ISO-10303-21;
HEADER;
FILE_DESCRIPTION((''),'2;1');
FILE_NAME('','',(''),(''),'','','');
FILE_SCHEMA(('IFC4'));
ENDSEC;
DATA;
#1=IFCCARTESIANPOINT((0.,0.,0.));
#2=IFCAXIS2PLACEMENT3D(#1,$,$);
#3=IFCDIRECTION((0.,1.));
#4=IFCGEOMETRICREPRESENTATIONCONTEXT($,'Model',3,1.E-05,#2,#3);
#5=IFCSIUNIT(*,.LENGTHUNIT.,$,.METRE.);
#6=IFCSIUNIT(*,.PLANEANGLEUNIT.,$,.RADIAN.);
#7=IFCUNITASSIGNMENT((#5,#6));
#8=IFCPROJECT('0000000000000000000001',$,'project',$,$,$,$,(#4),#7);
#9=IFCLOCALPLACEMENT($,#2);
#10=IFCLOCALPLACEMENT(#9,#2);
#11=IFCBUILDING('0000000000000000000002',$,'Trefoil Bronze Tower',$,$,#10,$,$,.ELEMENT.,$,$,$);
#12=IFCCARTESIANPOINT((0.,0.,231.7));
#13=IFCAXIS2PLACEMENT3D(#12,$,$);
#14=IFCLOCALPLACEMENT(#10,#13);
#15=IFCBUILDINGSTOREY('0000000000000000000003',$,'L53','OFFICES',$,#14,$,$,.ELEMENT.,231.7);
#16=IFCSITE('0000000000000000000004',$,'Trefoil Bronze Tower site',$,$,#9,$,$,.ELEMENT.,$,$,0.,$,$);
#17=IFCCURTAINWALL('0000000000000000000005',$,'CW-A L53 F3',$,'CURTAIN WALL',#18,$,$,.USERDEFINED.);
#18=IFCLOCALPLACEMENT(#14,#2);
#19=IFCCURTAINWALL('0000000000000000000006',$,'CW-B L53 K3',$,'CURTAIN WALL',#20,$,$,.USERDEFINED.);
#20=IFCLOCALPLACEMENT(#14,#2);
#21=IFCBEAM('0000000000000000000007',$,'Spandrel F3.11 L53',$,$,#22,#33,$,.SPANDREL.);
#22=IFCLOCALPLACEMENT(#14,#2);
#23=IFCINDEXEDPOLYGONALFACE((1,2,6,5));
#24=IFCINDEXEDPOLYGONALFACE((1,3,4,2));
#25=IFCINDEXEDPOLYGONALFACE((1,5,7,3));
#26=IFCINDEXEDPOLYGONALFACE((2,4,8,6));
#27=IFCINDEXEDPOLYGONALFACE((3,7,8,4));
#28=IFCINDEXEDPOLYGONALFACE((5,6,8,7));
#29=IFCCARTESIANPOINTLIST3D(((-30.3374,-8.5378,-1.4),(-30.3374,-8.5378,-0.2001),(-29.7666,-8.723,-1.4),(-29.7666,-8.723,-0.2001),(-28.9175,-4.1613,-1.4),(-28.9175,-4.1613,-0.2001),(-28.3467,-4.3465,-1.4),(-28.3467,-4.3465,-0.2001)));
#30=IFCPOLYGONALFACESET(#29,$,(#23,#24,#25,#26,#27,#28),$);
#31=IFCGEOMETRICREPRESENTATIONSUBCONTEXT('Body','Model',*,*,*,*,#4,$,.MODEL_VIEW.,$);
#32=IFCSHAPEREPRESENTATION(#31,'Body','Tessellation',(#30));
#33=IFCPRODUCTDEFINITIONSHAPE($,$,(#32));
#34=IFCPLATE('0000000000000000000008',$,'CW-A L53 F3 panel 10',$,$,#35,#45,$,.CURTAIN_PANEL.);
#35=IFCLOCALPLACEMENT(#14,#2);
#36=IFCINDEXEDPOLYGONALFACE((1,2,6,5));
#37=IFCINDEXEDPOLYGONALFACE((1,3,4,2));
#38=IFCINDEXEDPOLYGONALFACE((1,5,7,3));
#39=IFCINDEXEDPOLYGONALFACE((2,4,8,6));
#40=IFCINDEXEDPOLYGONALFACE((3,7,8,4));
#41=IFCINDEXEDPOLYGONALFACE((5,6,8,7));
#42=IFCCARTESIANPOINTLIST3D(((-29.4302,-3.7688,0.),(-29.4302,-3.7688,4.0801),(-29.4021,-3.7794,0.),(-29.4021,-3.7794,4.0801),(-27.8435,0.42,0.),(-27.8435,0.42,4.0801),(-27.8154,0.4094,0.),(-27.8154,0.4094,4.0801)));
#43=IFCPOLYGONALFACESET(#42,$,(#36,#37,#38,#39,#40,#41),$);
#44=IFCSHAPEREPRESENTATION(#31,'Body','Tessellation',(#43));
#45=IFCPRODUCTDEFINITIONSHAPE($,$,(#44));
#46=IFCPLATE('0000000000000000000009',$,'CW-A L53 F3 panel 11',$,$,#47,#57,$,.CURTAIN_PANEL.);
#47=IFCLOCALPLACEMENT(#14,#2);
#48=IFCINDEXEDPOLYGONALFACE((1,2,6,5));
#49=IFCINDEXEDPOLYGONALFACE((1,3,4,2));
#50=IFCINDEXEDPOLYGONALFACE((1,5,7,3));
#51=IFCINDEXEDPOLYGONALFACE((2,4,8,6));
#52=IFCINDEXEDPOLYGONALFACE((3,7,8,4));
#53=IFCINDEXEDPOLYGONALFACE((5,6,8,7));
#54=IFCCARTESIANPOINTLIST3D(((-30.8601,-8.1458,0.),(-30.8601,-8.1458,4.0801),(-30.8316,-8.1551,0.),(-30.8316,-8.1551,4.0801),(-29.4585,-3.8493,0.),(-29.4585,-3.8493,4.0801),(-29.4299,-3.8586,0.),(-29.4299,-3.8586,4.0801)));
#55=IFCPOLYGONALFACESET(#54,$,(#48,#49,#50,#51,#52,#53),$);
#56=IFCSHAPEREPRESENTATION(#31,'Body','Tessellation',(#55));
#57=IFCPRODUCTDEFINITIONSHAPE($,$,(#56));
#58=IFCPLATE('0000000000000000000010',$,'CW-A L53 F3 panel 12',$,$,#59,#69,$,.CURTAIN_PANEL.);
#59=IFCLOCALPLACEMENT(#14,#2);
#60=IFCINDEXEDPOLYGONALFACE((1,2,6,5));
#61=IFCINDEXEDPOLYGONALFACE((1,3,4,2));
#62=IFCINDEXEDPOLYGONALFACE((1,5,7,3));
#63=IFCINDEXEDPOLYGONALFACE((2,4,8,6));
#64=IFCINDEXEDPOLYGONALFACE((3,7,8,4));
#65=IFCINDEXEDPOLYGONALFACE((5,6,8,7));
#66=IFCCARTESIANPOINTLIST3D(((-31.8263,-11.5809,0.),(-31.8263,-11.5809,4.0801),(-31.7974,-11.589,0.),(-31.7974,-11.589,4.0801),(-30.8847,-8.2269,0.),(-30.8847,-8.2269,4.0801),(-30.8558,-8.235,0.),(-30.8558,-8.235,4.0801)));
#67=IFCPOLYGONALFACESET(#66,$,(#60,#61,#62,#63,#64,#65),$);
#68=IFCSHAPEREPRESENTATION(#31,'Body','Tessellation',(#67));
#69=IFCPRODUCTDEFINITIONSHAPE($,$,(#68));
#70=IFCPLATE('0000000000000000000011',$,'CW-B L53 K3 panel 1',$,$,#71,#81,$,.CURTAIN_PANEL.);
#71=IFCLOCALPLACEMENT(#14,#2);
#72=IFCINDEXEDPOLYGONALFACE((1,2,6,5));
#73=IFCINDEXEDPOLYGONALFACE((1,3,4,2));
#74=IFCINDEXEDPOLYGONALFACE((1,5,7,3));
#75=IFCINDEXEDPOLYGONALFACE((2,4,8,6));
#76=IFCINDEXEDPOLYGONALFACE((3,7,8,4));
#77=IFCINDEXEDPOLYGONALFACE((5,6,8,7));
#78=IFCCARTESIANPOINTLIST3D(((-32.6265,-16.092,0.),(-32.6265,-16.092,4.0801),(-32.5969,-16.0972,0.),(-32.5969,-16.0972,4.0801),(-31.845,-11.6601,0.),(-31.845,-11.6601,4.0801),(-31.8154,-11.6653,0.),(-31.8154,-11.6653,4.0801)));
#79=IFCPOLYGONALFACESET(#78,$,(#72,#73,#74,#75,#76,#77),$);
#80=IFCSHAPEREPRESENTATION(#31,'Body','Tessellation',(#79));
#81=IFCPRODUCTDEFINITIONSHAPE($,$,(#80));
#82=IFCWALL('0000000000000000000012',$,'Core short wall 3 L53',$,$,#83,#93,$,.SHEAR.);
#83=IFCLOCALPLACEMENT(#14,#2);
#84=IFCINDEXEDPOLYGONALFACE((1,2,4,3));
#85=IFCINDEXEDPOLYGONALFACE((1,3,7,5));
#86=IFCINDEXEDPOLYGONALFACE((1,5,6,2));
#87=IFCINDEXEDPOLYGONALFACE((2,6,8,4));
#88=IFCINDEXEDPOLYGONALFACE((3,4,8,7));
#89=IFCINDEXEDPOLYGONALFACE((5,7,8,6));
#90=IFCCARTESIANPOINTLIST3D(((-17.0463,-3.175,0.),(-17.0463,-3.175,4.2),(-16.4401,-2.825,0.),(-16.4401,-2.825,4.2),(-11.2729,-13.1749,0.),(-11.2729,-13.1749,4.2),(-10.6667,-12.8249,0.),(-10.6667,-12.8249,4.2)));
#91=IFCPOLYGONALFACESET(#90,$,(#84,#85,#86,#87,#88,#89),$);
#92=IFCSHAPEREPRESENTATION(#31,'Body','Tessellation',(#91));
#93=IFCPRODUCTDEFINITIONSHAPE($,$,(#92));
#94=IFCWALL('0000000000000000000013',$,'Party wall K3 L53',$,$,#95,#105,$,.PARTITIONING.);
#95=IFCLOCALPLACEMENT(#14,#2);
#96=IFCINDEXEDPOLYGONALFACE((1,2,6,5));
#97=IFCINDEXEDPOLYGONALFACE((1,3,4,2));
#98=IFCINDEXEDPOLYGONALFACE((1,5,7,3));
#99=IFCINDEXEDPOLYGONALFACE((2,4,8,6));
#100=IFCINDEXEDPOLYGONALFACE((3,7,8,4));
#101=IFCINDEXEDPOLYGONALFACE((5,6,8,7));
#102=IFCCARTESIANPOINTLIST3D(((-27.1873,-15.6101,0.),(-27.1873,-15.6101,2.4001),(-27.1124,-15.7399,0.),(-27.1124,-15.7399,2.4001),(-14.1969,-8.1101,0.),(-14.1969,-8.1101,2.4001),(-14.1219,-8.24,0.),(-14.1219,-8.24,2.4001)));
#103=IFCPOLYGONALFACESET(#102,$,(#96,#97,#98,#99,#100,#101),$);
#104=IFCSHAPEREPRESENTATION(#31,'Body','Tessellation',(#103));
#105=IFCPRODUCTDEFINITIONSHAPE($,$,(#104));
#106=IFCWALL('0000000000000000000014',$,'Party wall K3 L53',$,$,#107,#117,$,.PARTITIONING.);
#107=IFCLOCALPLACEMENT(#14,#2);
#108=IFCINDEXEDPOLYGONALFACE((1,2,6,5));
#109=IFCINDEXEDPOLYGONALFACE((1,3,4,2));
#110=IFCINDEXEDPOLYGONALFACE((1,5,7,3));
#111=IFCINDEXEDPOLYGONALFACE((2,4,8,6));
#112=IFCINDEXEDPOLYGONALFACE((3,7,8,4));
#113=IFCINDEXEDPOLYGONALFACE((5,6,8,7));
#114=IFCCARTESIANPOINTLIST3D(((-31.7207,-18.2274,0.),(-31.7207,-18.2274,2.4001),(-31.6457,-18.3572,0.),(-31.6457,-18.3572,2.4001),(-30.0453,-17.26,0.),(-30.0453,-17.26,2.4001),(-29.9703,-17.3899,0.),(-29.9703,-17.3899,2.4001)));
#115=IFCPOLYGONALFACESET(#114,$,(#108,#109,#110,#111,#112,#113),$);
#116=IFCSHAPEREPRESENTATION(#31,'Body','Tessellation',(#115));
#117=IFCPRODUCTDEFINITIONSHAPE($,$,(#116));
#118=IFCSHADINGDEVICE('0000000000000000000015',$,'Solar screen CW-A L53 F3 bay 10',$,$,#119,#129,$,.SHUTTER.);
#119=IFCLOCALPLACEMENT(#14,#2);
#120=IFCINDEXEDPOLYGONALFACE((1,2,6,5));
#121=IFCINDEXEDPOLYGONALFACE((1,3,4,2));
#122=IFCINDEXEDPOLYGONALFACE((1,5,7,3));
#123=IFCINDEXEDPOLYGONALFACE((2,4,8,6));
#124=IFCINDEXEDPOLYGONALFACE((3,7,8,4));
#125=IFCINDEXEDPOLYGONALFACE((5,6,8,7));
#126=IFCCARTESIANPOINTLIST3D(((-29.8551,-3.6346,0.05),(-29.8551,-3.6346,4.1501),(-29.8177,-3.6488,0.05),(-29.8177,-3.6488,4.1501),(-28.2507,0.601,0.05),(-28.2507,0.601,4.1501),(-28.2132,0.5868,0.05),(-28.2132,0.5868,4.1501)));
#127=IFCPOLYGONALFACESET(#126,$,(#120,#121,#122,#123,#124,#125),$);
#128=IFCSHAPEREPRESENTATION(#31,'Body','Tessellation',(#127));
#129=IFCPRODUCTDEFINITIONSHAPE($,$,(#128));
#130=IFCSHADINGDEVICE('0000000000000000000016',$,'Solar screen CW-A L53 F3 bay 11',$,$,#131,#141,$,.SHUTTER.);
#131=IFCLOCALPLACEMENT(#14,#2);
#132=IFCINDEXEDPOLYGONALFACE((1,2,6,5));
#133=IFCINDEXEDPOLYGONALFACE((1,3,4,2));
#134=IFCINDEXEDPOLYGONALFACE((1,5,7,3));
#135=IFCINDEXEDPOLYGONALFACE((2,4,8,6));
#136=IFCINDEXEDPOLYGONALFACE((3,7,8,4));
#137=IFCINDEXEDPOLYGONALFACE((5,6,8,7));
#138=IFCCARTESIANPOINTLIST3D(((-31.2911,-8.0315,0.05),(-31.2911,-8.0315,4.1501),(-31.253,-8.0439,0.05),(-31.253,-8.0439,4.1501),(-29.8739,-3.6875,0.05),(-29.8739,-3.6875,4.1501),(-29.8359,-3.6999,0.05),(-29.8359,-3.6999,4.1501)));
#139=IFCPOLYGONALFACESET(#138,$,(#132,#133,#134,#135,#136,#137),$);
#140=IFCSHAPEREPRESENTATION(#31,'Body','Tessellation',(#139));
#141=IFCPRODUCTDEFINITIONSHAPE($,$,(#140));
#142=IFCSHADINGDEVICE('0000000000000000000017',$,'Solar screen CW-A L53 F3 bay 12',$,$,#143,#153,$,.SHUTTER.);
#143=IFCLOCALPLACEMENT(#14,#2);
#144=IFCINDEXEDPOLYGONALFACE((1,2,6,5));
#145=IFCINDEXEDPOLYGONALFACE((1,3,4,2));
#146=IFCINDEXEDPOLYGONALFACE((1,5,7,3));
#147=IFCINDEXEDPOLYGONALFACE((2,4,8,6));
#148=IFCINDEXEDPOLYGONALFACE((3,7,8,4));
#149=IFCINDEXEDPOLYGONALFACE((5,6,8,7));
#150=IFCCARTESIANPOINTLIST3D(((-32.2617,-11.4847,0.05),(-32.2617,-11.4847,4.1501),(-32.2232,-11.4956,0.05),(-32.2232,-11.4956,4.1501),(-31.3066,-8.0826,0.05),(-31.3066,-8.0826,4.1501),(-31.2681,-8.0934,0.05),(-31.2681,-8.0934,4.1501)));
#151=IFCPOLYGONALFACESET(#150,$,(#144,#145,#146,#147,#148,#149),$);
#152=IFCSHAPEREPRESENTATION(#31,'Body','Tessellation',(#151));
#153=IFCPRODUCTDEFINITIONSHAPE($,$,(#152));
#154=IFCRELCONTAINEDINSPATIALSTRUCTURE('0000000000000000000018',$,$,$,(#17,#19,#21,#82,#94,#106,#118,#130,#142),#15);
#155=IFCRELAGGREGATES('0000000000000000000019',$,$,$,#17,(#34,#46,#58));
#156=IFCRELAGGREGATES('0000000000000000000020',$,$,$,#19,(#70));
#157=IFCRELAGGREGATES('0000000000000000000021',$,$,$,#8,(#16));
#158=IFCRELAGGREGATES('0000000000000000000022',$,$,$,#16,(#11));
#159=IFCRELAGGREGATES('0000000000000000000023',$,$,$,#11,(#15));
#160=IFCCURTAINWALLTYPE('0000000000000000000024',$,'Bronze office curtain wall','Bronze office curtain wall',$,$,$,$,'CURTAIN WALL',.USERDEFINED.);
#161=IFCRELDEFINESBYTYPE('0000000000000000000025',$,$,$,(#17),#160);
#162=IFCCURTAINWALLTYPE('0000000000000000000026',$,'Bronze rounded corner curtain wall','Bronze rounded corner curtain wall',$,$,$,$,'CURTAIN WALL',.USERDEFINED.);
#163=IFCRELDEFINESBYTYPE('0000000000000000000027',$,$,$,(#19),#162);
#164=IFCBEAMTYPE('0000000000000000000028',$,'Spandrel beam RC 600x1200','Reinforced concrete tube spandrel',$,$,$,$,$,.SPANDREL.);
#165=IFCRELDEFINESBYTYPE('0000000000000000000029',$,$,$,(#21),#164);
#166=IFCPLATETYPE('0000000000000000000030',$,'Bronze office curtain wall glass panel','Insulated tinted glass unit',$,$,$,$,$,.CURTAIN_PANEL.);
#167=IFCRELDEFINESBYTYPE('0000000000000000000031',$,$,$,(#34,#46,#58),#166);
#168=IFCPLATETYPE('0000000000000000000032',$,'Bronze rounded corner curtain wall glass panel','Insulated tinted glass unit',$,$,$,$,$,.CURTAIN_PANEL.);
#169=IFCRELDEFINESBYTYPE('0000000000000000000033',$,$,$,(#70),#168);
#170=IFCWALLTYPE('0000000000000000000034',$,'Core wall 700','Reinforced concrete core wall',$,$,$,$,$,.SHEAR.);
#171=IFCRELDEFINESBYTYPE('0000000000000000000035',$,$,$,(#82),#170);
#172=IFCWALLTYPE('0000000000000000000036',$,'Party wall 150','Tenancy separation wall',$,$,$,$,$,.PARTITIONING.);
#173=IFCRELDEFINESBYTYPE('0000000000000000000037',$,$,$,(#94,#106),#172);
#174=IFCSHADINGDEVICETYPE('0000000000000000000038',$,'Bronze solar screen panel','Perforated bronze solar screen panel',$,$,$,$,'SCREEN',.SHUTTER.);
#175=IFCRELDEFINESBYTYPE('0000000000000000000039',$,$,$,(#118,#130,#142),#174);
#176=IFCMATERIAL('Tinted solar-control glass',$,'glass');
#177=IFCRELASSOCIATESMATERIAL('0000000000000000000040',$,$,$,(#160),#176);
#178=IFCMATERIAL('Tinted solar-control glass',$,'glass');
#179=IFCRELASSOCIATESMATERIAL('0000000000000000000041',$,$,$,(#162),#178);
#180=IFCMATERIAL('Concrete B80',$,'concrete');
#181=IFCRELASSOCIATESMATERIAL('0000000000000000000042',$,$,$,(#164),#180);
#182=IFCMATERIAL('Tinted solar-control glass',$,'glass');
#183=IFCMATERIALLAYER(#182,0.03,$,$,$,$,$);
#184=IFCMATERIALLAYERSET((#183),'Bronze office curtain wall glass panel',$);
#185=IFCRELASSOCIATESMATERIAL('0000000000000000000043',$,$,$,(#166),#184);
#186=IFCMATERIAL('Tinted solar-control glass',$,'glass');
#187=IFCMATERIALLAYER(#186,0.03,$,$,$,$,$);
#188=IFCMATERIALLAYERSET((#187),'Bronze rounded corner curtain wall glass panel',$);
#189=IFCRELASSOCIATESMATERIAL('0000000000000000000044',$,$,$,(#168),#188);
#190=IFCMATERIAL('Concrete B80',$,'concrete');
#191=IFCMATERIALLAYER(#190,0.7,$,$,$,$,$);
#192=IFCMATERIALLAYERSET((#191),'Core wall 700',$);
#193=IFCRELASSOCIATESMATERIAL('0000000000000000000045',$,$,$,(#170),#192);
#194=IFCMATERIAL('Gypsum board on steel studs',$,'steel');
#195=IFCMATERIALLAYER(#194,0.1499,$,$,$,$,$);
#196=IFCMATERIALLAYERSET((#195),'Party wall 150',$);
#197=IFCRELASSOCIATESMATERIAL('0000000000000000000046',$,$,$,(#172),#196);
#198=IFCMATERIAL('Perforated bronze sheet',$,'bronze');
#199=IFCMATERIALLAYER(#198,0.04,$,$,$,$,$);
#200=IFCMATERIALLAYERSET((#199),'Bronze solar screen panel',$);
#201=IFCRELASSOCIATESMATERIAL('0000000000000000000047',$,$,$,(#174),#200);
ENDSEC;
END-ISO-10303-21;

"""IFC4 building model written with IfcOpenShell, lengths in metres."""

from ifc_helpers import new_model, si_unit, direction, frame, frame_2d, origin, origin_2d, place, context, subcontext, project, spatial, rectangle, extrude, material, layer, layer_set, material_profile, profile_set, type_object, element, aggregate, save


model = new_model("IFC4")

# Units and contexts
model_context = context("Model", 3, precision=1e-05, world=origin(), true_north=direction((0.0, 1.0)))
body_context = subcontext(model_context, "Body", "Model", "MODEL_VIEW")
ifc_project = project(units=[si_unit("LENGTHUNIT", "METRE"), si_unit("PLANEANGLEUNIT", "RADIAN")], contexts=[model_context])

# Site, building, storey
site_placement = place(None, origin())
site = spatial("IfcSite", under=ifc_project, at=site_placement, Name="Trefoil Bronze Tower site", CompositionType="ELEMENT", RefElevation=0.0)
building_placement = place(site_placement, origin())
building = spatial("IfcBuilding", under=site, at=building_placement, Name="Trefoil Bronze Tower", CompositionType="ELEMENT")
storey_placement = place(building_placement, frame((0.0, 0.0, 231.7)))
storey = spatial("IfcBuildingStorey", under=building, at=storey_placement, Name="L53", Description="OFFICES", CompositionType="ELEMENT", Elevation=231.7)

# Curtain walls
ifc_material_1 = material(Name="Tinted solar-control glass", Category="glass")
curtain_wall_type_1 = type_object("IfcCurtainWallType", Name="Bronze office curtain wall", Description="Bronze office curtain wall", ElementType="CURTAIN WALL", PredefinedType="USERDEFINED", material=ifc_material_1)
curtain_wall_1_placement = place(storey_placement, origin())
curtain_wall_1 = element("IfcCurtainWall", 1, at=curtain_wall_1_placement, inside=storey, type_object=curtain_wall_type_1, Name="CW-A L53 F3", ObjectType="CURTAIN WALL", PredefinedType="USERDEFINED")
ifc_material_2 = material(Name="Tinted solar-control glass", Category="glass")
curtain_wall_type_2 = type_object("IfcCurtainWallType", Name="Bronze rounded corner curtain wall", Description="Bronze rounded corner curtain wall", ElementType="CURTAIN WALL", PredefinedType="USERDEFINED", material=ifc_material_2)
curtain_wall_2_placement = place(storey_placement, origin())
curtain_wall_2 = element("IfcCurtainWall", 2, at=curtain_wall_2_placement, inside=storey, type_object=curtain_wall_type_2, Name="CW-B L53 K3", ObjectType="CURTAIN WALL", PredefinedType="USERDEFINED")

# Beam
ifc_material_3 = material(Name="Concrete B80", Category="concrete")
ifc_material_profile_1 = material_profile(ifc_material_3, rectangle(XDim=0.6001, YDim=1.2, at=origin_2d()), Name="RC 600x1200")
ifc_profile_set_1 = profile_set([ifc_material_profile_1], Name="Concrete B80")
beam_type_1 = type_object("IfcBeamType", Name="Spandrel beam RC 600x1200", Description="Reinforced concrete tube spandrel", PredefinedType="SPANDREL", material=ifc_profile_set_1)
beam_1_placement = place(storey_placement, frame((-28.6321, -4.2539, -0.8), z_axis=(-0.308609, -0.951189, 0.0), x_axis=(0.951189, -0.308609, 0.0)))
element("IfcBeam", 3, at=beam_1_placement, inside=storey, type_object=beam_type_1, Name="Spandrel F3.11 L53", PredefinedType="SPANDREL", context=body_context, shape_type="SweptSolid", body=[
    extrude(rectangle(XDim=0.6001, YDim=1.2, at=origin_2d()), origin(), (0.0, 0.0, 1.0), 4.6011),
])

# Plates
ifc_material_4 = material(Name="Tinted solar-control glass", Category="glass")
ifc_layer_1 = layer(ifc_material_4, 0.03)
ifc_layer_set_1 = layer_set([ifc_layer_1], Name="Bronze office curtain wall glass panel")
plate_type_1 = type_object("IfcPlateType", Name="Bronze office curtain wall glass panel", Description="Insulated tinted glass unit", PredefinedType="CURTAIN_PANEL", material=ifc_layer_set_1)
plate_1_placement = place(storey_placement, frame((-28.6228, -1.6797, 0.0), z_axis=(0.0, 0.0, 1.0), x_axis=(-0.354234, -0.935157, 0.0)))
plate_1 = element("IfcPlate", 4, at=plate_1_placement, type_object=plate_type_1, Name="CW-A L53 F3 panel 10", PredefinedType="CURTAIN_PANEL", context=body_context, shape_type="SweptSolid", body=[
    extrude(rectangle(XDim=4.4792, YDim=0.03, at=origin_2d()), origin(), (0.0, 0.0, 1.0), 4.0801),
])
plate_2_placement = place(storey_placement, frame((-30.145, -6.0022, 0.0), z_axis=(0.0, 0.0, 1.0), x_axis=(-0.310149, -0.950688, 0.0)))
plate_2 = element("IfcPlate", 5, at=plate_2_placement, type_object=plate_type_1, Name="CW-A L53 F3 panel 11", PredefinedType="CURTAIN_PANEL", context=body_context, shape_type="SweptSolid", body=[
    extrude(rectangle(XDim=4.5193, YDim=0.03, at=origin_2d()), origin(), (0.0, 0.0, 1.0), 4.0801),
])
plate_3_placement = place(storey_placement, frame((-31.3411, -9.908, 0.0), z_axis=(0.0, 0.0, 1.0), x_axis=(-0.270282, -0.962781, 0.0)))
plate_3 = element("IfcPlate", 6, at=plate_3_placement, type_object=plate_type_1, Name="CW-A L53 F3 panel 12", PredefinedType="CURTAIN_PANEL", context=body_context, shape_type="SweptSolid", body=[
    extrude(rectangle(XDim=3.4836, YDim=0.03, at=origin_2d()), origin(), (0.0, 0.0, 1.0), 4.0801),
])
aggregate(curtain_wall_1, [plate_1, plate_2, plate_3])
ifc_material_5 = material(Name="Tinted solar-control glass", Category="glass")
ifc_layer_2 = layer(ifc_material_5, 0.03)
ifc_layer_set_2 = layer_set([ifc_layer_2], Name="Bronze rounded corner curtain wall glass panel")
plate_type_2 = type_object("IfcPlateType", Name="Bronze rounded corner curtain wall glass panel", Description="Insulated tinted glass unit", PredefinedType="CURTAIN_PANEL", material=ifc_layer_set_2)
plate_4_placement = place(storey_placement, frame((-32.2209, -13.8787, 0.0), z_axis=(0.0, 0.0, 1.0), x_axis=(-0.173648, -0.984808, 0.0)))
plate_4 = element("IfcPlate", 7, at=plate_4_placement, type_object=plate_type_2, Name="CW-B L53 K3 panel 1", PredefinedType="CURTAIN_PANEL", context=body_context, shape_type="SweptSolid", body=[
    extrude(rectangle(XDim=4.5002, YDim=0.03, at=origin_2d()), origin(), (0.0, 0.0, 1.0), 4.0801),
])
aggregate(curtain_wall_2, [plate_4])

# Walls
ifc_material_6 = material(Name="Concrete B80", Category="concrete")
ifc_layer_3 = layer(ifc_material_6, 0.7)
ifc_layer_set_3 = layer_set([ifc_layer_3], Name="Core wall 700")
wall_type_1 = type_object("IfcWallType", Name="Core wall 700", Description="Reinforced concrete core wall", PredefinedType="SHEAR", material=ifc_layer_set_3)
wall_1_placement = place(storey_placement, frame((-16.7432, -3.0, 0.0), z_axis=(0.0, 0.0, 1.0), x_axis=(0.499996, -0.866028, 0.0)))
element("IfcWall", 8, at=wall_1_placement, inside=storey, type_object=wall_type_1, Name="Core short wall 3 L53", PredefinedType="SHEAR", context=body_context, shape_type="SweptSolid", body=[
    extrude(rectangle(XDim=11.5469, YDim=0.7, at=frame_2d((5.7734, 0.0))), origin(), (0.0, 0.0, 1.0), 4.2),
])
ifc_material_7 = material(Name="Gypsum board on steel studs", Category="steel")
ifc_layer_4 = layer(ifc_material_7, 0.1499)
ifc_layer_set_4 = layer_set([ifc_layer_4], Name="Party wall 150")
wall_type_2 = type_object("IfcWallType", Name="Party wall 150", Description="Tenancy separation wall", PredefinedType="PARTITIONING", material=ifc_layer_set_4)
wall_2_placement = place(storey_placement, frame((-14.1594, -8.175, 0.0), z_axis=(0.0, 0.0, 1.0), x_axis=(-0.866027, -0.499997, 0.0)))
element("IfcWall", 9, at=wall_2_placement, inside=storey, type_object=wall_type_2, Name="Party wall K3 L53", PredefinedType="PARTITIONING", context=body_context, shape_type="SweptSolid", body=[
    extrude(rectangle(XDim=15.0, YDim=0.1499, at=frame_2d((7.5, 0.0))), origin(), (0.0, 0.0, 1.0), 2.4001),
])
wall_3_placement = place(storey_placement, frame((-30.0078, -17.325, 0.0), z_axis=(0.0, 0.0, 1.0), x_axis=(-0.866013, -0.500021, 0.0)))
element("IfcWall", 10, at=wall_3_placement, inside=storey, type_object=wall_type_2, Name="Party wall K3 L53", PredefinedType="PARTITIONING", context=body_context, shape_type="SweptSolid", body=[
    extrude(rectangle(XDim=1.9346, YDim=0.1499, at=frame_2d((0.9673, 0.0))), origin(), (0.0, 0.0, 1.0), 2.4001),
])

# Shading devices
ifc_material_8 = material(Name="Perforated bronze sheet", Category="bronze")
ifc_layer_5 = layer(ifc_material_8, 0.04)
ifc_layer_set_5 = layer_set([ifc_layer_5], Name="Bronze solar screen panel")
shading_device_type = type_object("IfcShadingDeviceType", Name="Bronze solar screen panel", Description="Perforated bronze solar screen panel", ElementType="SCREEN", PredefinedType="SHUTTER", material=ifc_layer_set_5)
shading_device_1_placement = place(storey_placement, frame((-29.0342, -1.5239, 0.05), z_axis=(0.0, 0.0, 1.0), x_axis=(-0.354234, -0.935157, 0.0)))
element("IfcShadingDevice", 11, at=shading_device_1_placement, inside=storey, type_object=shading_device_type, Name="Solar screen CW-A L53 F3 bay 10", PredefinedType="SHUTTER", context=body_context, shape_type="SweptSolid", body=[
    extrude(rectangle(XDim=4.5293, YDim=0.04, at=origin_2d()), origin(), (0.0, 0.0, 1.0), 4.1001),
])
shading_device_2_placement = place(storey_placement, frame((-30.5635, -5.8657, 0.05), z_axis=(0.0, 0.0, 1.0), x_axis=(-0.310149, -0.950688, 0.0)))
element("IfcShadingDevice", 12, at=shading_device_2_placement, inside=storey, type_object=shading_device_type, Name="Solar screen CW-A L53 F3 bay 11", PredefinedType="SHUTTER", context=body_context, shape_type="SweptSolid", body=[
    extrude(rectangle(XDim=4.5693, YDim=0.04, at=origin_2d()), origin(), (0.0, 0.0, 1.0), 4.1001),
])
shading_device_3_placement = place(storey_placement, frame((-31.7649, -9.7891, 0.05), z_axis=(0.0, 0.0, 1.0), x_axis=(-0.270282, -0.962781, 0.0)))
element("IfcShadingDevice", 13, at=shading_device_3_placement, inside=storey, type_object=shading_device_type, Name="Solar screen CW-A L53 F3 bay 12", PredefinedType="SHUTTER", context=body_context, shape_type="SweptSolid", body=[
    extrude(rectangle(XDim=3.5337, YDim=0.04, at=origin_2d()), origin(), (0.0, 0.0, 1.0), 4.1001),
])

save(model, "model.ifc")
